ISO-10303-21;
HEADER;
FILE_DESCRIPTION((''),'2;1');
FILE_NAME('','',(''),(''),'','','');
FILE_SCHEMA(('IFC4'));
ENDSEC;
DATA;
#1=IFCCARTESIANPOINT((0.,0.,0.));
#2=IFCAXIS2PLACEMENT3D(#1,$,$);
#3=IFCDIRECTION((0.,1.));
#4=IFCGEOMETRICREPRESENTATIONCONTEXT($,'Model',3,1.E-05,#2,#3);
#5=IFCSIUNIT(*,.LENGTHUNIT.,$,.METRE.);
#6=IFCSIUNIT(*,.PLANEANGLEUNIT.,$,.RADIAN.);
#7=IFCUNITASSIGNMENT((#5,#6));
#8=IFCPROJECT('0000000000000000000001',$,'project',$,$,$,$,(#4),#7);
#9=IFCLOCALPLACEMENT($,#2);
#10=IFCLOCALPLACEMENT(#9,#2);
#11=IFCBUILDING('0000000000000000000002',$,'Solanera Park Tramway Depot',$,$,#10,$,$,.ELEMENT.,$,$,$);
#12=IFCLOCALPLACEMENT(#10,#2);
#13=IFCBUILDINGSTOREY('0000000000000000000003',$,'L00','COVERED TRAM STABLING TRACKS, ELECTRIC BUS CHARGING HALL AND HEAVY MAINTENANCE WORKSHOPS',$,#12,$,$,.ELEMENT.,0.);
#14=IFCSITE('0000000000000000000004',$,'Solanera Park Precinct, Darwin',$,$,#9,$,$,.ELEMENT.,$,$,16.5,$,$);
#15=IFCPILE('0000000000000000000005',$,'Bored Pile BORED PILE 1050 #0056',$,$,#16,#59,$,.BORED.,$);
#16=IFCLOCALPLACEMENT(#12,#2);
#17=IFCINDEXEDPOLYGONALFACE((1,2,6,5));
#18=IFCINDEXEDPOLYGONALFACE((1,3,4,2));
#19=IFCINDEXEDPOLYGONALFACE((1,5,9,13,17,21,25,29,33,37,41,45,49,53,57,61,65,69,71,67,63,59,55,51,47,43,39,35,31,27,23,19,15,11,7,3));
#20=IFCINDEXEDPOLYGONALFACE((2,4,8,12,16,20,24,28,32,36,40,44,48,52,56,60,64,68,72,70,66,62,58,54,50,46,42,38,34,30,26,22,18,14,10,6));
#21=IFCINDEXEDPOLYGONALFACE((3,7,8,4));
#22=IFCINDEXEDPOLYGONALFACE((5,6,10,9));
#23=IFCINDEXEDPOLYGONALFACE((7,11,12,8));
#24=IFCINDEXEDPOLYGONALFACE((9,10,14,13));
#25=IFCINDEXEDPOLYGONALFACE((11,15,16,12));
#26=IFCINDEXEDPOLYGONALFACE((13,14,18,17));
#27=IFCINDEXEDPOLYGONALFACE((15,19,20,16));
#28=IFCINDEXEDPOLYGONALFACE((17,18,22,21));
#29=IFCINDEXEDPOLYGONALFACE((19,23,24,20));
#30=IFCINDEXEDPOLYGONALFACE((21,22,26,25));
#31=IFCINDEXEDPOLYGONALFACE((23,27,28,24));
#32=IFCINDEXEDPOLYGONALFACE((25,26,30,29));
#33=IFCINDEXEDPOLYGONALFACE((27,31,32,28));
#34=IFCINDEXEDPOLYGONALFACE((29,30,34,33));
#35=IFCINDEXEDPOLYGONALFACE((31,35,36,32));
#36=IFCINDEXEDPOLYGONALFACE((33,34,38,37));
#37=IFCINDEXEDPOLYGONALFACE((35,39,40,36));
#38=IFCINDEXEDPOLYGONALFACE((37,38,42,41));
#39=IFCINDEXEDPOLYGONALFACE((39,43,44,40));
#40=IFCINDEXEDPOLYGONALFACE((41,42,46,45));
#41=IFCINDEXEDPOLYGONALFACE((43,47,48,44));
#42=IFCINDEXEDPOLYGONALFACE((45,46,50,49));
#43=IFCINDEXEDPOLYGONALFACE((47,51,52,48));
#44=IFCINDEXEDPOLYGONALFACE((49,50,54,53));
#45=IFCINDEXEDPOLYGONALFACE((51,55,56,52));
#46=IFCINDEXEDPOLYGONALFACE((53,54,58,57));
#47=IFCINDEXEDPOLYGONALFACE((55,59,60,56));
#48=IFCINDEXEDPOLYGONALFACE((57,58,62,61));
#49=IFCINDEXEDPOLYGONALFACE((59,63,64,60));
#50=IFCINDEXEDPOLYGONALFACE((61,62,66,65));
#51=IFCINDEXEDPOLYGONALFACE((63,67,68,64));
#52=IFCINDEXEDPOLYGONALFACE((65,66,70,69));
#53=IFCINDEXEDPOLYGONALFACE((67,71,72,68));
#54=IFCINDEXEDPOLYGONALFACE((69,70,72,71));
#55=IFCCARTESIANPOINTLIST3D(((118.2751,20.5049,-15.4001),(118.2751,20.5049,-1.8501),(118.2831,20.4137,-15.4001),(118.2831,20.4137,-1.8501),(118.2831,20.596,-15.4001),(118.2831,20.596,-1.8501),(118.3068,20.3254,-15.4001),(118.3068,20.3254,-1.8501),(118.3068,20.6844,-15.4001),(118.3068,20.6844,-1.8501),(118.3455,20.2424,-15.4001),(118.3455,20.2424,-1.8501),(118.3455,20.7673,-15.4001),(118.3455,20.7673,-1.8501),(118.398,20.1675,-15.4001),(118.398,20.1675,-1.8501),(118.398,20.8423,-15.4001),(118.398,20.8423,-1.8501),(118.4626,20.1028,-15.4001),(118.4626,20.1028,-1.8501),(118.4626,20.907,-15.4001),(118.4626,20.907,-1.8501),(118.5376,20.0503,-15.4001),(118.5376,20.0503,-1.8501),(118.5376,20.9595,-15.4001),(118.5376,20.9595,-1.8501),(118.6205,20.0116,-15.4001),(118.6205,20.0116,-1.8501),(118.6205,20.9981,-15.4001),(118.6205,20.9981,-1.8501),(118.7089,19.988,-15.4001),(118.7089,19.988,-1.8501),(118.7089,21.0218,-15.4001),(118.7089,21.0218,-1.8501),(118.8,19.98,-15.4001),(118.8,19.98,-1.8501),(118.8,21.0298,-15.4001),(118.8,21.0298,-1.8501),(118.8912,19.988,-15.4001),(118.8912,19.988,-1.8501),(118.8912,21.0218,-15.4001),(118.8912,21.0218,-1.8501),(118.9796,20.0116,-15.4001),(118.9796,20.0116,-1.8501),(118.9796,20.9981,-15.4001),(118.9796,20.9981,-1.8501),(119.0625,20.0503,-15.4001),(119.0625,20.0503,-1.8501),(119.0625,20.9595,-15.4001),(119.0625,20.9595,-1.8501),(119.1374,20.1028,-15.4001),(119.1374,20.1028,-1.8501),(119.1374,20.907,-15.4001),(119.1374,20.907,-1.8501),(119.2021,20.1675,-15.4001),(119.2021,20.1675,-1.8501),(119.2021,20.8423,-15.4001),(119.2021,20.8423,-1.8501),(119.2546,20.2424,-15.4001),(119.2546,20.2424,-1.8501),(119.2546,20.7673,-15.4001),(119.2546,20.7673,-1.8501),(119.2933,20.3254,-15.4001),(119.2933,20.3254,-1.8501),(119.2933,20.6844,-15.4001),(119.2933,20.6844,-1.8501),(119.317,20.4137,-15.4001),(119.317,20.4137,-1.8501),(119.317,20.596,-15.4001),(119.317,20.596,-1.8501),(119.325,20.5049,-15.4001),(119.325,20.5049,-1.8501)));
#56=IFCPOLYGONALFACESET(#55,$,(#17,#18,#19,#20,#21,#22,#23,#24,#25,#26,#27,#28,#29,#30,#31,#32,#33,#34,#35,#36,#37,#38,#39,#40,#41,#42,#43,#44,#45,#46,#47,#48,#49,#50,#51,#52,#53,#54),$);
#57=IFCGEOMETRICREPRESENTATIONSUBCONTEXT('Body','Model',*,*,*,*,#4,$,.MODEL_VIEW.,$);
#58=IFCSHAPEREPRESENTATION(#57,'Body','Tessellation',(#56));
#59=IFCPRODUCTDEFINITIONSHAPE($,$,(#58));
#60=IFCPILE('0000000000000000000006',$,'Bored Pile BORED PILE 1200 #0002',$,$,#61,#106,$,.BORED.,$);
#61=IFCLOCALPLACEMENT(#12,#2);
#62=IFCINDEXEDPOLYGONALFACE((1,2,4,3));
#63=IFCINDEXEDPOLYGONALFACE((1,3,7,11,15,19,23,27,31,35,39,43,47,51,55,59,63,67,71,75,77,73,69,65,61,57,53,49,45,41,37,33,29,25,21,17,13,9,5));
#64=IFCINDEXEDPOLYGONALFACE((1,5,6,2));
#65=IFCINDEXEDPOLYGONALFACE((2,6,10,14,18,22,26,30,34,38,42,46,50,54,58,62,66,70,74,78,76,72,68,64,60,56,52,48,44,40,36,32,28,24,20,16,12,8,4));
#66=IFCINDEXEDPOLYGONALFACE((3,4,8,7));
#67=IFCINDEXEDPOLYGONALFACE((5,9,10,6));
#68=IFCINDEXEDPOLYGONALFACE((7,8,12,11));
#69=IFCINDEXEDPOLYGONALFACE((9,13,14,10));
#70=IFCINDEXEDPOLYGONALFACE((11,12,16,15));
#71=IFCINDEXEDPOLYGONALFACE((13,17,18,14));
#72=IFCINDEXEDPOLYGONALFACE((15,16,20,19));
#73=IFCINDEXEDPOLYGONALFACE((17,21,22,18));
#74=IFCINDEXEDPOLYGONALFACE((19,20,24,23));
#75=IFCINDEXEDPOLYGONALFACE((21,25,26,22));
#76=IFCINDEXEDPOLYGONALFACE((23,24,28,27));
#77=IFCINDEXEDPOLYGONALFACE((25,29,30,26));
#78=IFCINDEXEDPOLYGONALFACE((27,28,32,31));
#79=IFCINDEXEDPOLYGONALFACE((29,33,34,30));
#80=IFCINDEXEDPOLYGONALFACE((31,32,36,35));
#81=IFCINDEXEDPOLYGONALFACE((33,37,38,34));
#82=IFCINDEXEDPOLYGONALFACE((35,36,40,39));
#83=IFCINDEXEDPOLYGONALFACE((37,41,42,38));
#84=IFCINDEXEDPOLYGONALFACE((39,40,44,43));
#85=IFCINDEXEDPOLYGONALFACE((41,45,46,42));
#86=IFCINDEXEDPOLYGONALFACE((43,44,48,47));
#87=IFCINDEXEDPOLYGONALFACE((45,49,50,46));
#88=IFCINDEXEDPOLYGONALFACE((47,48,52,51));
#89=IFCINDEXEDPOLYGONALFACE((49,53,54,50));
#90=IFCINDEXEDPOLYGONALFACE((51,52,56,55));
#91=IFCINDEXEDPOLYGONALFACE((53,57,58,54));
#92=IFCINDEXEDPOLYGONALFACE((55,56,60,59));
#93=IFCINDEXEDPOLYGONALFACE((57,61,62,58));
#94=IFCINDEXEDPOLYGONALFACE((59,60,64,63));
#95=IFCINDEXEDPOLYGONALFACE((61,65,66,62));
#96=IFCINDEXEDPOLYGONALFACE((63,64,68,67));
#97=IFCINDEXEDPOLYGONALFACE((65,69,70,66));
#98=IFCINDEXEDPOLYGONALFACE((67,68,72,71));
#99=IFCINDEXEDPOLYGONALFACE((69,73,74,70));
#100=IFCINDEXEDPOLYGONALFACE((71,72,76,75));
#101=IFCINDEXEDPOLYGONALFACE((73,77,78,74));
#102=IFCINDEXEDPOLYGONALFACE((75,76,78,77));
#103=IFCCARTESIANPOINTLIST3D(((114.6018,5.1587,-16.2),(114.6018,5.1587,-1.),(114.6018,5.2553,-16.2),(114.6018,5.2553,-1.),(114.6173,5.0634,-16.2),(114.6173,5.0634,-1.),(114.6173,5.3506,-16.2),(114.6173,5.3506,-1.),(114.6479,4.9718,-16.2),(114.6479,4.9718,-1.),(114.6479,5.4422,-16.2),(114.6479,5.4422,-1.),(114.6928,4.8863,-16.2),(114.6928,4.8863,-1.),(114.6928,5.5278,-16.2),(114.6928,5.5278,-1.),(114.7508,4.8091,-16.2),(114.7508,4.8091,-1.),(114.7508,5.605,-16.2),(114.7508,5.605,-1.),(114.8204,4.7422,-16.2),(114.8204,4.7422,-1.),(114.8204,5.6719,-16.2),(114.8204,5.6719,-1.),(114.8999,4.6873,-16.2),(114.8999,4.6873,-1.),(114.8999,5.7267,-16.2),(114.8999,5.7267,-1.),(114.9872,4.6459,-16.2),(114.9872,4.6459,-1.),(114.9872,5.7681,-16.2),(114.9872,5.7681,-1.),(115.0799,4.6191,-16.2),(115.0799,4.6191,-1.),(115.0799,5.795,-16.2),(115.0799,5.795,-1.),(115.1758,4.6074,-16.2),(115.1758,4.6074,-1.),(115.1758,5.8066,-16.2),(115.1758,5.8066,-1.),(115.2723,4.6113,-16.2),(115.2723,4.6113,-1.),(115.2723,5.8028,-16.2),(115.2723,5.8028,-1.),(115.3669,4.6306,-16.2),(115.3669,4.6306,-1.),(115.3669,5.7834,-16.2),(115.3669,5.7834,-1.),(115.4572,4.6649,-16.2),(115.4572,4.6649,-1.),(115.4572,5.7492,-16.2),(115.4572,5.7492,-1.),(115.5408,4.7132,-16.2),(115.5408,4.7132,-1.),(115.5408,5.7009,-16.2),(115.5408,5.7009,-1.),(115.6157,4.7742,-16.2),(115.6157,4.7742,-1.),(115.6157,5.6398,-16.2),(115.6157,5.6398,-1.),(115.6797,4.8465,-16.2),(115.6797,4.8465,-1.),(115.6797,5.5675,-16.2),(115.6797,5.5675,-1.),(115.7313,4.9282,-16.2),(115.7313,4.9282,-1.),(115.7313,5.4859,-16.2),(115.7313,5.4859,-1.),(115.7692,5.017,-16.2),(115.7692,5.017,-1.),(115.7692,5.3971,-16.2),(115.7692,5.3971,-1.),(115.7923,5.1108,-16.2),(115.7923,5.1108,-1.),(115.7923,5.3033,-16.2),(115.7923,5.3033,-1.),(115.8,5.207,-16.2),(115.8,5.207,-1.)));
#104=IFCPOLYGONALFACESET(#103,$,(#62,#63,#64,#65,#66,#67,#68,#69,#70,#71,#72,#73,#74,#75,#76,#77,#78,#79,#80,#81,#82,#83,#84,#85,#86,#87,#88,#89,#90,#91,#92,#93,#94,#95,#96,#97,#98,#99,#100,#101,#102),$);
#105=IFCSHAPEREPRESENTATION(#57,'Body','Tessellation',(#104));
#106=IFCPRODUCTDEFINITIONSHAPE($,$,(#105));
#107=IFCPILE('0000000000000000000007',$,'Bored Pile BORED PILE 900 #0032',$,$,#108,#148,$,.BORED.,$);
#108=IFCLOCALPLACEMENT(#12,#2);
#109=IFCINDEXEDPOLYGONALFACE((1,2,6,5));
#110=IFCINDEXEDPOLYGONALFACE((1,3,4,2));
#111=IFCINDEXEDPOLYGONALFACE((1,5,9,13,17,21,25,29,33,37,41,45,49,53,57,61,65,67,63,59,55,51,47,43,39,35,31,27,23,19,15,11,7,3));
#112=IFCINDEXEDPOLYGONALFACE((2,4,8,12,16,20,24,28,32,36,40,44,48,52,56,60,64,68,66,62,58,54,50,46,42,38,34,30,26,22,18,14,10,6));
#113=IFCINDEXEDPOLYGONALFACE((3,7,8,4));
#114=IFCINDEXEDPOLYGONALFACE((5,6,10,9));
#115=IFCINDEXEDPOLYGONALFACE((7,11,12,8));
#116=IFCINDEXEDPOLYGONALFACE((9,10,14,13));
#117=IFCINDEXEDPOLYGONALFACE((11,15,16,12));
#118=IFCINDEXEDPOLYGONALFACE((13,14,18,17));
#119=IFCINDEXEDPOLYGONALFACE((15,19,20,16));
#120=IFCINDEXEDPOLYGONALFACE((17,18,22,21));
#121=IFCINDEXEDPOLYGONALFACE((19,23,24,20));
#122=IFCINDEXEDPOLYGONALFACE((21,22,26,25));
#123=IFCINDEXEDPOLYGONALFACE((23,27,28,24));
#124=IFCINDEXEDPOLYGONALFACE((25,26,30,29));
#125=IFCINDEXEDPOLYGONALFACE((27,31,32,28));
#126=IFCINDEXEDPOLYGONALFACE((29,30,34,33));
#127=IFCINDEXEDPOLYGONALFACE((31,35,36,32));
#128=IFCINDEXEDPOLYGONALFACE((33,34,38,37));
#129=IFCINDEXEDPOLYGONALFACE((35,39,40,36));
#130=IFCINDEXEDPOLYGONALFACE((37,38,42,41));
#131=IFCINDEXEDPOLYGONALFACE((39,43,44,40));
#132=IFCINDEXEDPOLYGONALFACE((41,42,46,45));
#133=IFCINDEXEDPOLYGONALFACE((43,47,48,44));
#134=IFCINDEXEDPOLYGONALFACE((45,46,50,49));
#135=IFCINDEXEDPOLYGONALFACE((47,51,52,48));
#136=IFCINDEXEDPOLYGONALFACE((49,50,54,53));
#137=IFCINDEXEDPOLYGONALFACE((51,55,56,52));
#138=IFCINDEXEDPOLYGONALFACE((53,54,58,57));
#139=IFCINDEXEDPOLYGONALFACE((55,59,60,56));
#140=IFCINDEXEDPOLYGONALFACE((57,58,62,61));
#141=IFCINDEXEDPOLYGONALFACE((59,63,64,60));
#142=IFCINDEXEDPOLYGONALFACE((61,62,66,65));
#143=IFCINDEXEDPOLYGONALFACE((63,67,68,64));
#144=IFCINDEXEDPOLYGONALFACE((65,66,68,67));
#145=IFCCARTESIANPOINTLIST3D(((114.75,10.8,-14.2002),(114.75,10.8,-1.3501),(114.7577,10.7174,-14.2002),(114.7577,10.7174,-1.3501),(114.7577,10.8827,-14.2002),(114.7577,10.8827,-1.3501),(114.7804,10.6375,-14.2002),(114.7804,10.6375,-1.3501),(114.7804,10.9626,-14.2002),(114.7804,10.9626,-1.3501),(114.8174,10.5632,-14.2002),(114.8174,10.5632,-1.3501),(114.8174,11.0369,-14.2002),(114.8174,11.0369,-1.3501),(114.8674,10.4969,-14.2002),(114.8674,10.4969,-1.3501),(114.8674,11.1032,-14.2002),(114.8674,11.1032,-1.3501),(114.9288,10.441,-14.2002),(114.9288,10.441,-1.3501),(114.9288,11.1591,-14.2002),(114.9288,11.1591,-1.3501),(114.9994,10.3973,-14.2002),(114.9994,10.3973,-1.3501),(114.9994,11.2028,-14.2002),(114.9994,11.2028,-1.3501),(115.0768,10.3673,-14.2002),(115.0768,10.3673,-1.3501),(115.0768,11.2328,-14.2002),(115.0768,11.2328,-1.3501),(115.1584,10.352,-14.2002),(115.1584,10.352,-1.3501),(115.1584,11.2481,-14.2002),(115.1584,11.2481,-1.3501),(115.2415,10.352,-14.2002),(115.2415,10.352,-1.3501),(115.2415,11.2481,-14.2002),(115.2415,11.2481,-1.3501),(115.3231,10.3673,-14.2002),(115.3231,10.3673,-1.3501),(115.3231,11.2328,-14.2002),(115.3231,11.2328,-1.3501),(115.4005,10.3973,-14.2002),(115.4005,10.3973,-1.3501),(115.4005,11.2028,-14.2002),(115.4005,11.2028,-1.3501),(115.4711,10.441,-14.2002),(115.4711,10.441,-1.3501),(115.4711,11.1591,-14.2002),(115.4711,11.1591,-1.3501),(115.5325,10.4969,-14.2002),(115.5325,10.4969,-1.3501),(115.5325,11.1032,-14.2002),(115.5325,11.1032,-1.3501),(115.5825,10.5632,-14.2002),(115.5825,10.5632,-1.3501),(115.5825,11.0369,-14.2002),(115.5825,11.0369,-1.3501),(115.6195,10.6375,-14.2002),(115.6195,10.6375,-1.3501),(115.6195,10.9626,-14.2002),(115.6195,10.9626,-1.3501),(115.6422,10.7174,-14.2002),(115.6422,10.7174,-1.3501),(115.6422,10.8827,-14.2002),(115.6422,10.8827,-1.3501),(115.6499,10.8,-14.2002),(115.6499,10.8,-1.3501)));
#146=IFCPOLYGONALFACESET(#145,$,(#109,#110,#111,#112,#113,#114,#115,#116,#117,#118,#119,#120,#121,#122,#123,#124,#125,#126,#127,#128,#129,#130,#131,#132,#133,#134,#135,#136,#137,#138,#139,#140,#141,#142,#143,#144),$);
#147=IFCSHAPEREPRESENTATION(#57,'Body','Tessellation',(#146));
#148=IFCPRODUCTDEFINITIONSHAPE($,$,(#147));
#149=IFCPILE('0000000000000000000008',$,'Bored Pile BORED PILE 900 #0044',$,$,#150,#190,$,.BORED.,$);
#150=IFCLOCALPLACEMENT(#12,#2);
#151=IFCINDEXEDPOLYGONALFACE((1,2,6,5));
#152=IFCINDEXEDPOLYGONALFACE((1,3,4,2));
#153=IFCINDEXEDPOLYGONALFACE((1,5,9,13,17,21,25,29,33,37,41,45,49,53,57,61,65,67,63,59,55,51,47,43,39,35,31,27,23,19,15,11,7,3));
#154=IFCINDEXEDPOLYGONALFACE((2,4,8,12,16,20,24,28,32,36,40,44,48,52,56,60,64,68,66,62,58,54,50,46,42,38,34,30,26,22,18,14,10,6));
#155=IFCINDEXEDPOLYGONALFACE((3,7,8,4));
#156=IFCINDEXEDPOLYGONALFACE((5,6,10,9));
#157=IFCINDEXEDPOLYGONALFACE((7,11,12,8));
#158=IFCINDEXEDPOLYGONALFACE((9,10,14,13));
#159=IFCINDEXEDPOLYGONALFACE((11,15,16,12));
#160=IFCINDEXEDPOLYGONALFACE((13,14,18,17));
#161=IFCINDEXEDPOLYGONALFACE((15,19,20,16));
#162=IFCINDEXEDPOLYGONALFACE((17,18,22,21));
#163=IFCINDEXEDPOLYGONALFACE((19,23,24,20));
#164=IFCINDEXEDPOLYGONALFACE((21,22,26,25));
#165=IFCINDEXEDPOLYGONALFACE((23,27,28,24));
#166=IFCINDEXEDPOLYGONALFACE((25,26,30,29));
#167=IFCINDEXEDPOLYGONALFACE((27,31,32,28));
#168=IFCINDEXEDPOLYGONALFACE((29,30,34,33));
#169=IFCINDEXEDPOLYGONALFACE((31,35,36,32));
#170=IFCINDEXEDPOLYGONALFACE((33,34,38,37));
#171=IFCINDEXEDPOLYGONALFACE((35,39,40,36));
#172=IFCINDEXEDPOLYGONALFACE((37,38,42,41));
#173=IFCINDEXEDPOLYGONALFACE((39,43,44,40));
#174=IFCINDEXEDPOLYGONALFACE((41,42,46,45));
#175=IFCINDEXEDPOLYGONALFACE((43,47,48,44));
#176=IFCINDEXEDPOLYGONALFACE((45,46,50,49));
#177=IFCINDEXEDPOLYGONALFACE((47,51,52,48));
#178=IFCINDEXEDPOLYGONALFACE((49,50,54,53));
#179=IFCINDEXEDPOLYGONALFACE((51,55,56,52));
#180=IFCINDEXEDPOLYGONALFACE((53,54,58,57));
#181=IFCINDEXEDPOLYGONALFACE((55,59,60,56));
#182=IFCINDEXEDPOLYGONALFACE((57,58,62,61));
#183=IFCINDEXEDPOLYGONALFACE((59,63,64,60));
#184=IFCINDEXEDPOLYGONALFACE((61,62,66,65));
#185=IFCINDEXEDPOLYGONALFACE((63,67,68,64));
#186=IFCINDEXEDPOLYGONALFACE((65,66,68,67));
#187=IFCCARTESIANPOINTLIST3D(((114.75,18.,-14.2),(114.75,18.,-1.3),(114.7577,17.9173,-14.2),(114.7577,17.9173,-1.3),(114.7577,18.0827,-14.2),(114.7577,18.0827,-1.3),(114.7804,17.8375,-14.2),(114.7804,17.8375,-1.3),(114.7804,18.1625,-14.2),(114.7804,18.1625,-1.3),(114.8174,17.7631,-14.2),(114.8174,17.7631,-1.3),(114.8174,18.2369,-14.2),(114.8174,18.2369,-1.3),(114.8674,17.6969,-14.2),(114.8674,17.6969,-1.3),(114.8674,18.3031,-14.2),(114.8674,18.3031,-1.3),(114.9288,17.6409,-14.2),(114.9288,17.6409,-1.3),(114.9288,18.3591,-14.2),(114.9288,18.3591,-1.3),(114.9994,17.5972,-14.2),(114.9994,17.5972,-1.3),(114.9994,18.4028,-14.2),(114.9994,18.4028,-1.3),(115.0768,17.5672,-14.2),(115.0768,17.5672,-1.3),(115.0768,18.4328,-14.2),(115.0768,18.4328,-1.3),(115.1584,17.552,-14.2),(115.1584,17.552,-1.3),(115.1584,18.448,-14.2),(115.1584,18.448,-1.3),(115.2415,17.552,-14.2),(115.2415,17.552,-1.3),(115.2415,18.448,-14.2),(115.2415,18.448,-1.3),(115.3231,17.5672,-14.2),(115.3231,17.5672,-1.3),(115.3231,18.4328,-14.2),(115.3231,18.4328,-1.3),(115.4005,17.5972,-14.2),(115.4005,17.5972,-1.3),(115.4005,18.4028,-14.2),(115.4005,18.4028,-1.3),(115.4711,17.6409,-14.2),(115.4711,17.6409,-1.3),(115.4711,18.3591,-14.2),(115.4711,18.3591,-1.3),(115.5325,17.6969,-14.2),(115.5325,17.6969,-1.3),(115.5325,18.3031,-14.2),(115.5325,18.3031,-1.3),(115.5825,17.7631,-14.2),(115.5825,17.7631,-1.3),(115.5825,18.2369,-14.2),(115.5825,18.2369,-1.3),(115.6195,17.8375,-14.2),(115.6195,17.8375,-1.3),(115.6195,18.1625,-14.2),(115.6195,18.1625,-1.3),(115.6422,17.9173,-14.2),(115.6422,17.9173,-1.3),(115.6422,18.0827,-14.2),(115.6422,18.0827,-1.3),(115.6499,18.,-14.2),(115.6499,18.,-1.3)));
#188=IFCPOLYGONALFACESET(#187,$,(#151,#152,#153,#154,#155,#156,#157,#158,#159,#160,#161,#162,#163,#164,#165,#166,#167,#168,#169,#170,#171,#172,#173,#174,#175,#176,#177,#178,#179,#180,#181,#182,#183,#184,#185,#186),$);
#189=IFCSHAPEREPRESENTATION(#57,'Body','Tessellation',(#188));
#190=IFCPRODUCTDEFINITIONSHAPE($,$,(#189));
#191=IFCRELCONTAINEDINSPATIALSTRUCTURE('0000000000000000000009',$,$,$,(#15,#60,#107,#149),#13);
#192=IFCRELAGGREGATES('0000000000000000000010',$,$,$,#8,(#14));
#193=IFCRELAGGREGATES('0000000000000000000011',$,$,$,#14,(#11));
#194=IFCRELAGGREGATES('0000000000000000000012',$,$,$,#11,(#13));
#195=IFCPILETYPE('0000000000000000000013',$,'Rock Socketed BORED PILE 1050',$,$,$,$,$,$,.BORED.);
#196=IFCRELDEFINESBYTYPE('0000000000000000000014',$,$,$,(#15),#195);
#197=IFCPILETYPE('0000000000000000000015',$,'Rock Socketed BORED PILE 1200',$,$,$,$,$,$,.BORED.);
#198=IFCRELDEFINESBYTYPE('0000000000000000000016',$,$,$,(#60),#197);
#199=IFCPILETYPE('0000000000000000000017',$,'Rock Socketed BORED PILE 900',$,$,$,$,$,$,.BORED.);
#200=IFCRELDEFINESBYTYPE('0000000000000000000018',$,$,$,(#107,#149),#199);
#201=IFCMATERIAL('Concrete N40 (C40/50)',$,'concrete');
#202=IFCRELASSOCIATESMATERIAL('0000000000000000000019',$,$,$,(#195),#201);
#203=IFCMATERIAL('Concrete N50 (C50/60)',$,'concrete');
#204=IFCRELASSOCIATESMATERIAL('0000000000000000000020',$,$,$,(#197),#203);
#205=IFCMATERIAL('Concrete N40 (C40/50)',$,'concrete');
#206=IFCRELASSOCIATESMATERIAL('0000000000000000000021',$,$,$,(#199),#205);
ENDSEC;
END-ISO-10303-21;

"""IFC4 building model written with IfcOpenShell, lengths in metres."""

from ifc_helpers import new_model, si_unit, direction, frame, origin, origin_2d, place, context, subcontext, project, spatial, circle, extrude, material, material_profile, profile_set, type_object, element, save


model = new_model("IFC4")

# Units and contexts
model_context = context("Model", 3, precision=1e-05, world=origin(), true_north=direction((0.0, 1.0)))
body_context = subcontext(model_context, "Body", "Model", "MODEL_VIEW")
ifc_project = project(units=[si_unit("LENGTHUNIT", "METRE"), si_unit("PLANEANGLEUNIT", "RADIAN")], contexts=[model_context])

# Site, building, storey
site_placement = place(None, origin())
site = spatial("IfcSite", under=ifc_project, at=site_placement, Name="Solanera Park Precinct, Darwin", CompositionType="ELEMENT", RefElevation=16.5)
building_placement = place(site_placement, origin())
building = spatial("IfcBuilding", under=site, at=building_placement, Name="Solanera Park Tramway Depot", CompositionType="ELEMENT")
storey_placement = place(building_placement, origin())
storey = spatial("IfcBuildingStorey", under=building, at=storey_placement, Name="L00", Description="COVERED TRAM STABLING TRACKS, ELECTRIC BUS CHARGING HALL AND HEAVY MAINTENANCE WORKSHOPS", CompositionType="ELEMENT", Elevation=0.0)

# Piles
ifc_material_1 = material(Name="Concrete N40 (C40/50)", Category="concrete")
ifc_material_profile_1 = material_profile(ifc_material_1, circle(Radius=0.5249, at=origin_2d()), Name="BORED PILE 1050")
ifc_profile_set_1 = profile_set([ifc_material_profile_1], Name="Concrete N40 (C40/50)")
pile_type_1 = type_object("IfcPileType", Name="Rock Socketed BORED PILE 1050", PredefinedType="BORED", material=ifc_profile_set_1)
pile_1_placement = place(storey_placement, frame((118.8, 20.5049, -1.8501), z_axis=(0.0, 0.0, -1.0), x_axis=(1.0, 0.0, 0.0)))
element("IfcPile", 1, at=pile_1_placement, inside=storey, type_object=pile_type_1, Name="Bored Pile BORED PILE 1050 #0056", PredefinedType="BORED", context=body_context, shape_type="SweptSolid", body=[
    extrude(circle(Radius=0.5249, at=origin_2d()), origin(), (0.0, 0.0, 1.0), 13.55),
])
ifc_material_2 = material(Name="Concrete N50 (C50/60)", Category="concrete")
ifc_material_profile_2 = material_profile(ifc_material_2, circle(Radius=0.6001, at=origin_2d()), Name="BORED PILE 1200")
ifc_profile_set_2 = profile_set([ifc_material_profile_2], Name="Concrete N50 (C50/60)")
pile_type_2 = type_object("IfcPileType", Name="Rock Socketed BORED PILE 1200", PredefinedType="BORED", material=ifc_profile_set_2)
pile_2_placement = place(storey_placement, frame((115.2, 5.207, -1.0), z_axis=(0.0, 0.0, -1.0), x_axis=(1.0, 0.0, 0.0)))
element("IfcPile", 2, at=pile_2_placement, inside=storey, type_object=pile_type_2, Name="Bored Pile BORED PILE 1200 #0002", PredefinedType="BORED", context=body_context, shape_type="SweptSolid", body=[
    extrude(circle(Radius=0.6001, at=origin_2d()), origin(), (0.0, 0.0, 1.0), 15.2),
])
ifc_material_3 = material(Name="Concrete N40 (C40/50)", Category="concrete")
ifc_material_profile_3 = material_profile(ifc_material_3, circle(Radius=0.45, at=origin_2d()), Name="BORED PILE 900")
ifc_profile_set_3 = profile_set([ifc_material_profile_3], Name="Concrete N40 (C40/50)")
pile_type_3 = type_object("IfcPileType", Name="Rock Socketed BORED PILE 900", PredefinedType="BORED", material=ifc_profile_set_3)
pile_3_placement = place(storey_placement, frame((115.2, 10.8, -1.3501), z_axis=(0.0, 0.0, -1.0), x_axis=(1.0, 0.0, 0.0)))
element("IfcPile", 3, at=pile_3_placement, inside=storey, type_object=pile_type_3, Name="Bored Pile BORED PILE 900 #0032", PredefinedType="BORED", context=body_context, shape_type="SweptSolid", body=[
    extrude(circle(Radius=0.45, at=origin_2d()), origin(), (0.0, 0.0, 1.0), 12.8501),
])
pile_4_placement = place(storey_placement, frame((115.2, 18.0, -1.3), z_axis=(0.0, 0.0, -1.0), x_axis=(1.0, 0.0, 0.0)))
element("IfcPile", 4, at=pile_4_placement, inside=storey, type_object=pile_type_3, Name="Bored Pile BORED PILE 900 #0044", PredefinedType="BORED", context=body_context, shape_type="SweptSolid", body=[
    extrude(circle(Radius=0.45, at=origin_2d()), origin(), (0.0, 0.0, 1.0), 12.8999),
])

save(model, "model.ifc")
